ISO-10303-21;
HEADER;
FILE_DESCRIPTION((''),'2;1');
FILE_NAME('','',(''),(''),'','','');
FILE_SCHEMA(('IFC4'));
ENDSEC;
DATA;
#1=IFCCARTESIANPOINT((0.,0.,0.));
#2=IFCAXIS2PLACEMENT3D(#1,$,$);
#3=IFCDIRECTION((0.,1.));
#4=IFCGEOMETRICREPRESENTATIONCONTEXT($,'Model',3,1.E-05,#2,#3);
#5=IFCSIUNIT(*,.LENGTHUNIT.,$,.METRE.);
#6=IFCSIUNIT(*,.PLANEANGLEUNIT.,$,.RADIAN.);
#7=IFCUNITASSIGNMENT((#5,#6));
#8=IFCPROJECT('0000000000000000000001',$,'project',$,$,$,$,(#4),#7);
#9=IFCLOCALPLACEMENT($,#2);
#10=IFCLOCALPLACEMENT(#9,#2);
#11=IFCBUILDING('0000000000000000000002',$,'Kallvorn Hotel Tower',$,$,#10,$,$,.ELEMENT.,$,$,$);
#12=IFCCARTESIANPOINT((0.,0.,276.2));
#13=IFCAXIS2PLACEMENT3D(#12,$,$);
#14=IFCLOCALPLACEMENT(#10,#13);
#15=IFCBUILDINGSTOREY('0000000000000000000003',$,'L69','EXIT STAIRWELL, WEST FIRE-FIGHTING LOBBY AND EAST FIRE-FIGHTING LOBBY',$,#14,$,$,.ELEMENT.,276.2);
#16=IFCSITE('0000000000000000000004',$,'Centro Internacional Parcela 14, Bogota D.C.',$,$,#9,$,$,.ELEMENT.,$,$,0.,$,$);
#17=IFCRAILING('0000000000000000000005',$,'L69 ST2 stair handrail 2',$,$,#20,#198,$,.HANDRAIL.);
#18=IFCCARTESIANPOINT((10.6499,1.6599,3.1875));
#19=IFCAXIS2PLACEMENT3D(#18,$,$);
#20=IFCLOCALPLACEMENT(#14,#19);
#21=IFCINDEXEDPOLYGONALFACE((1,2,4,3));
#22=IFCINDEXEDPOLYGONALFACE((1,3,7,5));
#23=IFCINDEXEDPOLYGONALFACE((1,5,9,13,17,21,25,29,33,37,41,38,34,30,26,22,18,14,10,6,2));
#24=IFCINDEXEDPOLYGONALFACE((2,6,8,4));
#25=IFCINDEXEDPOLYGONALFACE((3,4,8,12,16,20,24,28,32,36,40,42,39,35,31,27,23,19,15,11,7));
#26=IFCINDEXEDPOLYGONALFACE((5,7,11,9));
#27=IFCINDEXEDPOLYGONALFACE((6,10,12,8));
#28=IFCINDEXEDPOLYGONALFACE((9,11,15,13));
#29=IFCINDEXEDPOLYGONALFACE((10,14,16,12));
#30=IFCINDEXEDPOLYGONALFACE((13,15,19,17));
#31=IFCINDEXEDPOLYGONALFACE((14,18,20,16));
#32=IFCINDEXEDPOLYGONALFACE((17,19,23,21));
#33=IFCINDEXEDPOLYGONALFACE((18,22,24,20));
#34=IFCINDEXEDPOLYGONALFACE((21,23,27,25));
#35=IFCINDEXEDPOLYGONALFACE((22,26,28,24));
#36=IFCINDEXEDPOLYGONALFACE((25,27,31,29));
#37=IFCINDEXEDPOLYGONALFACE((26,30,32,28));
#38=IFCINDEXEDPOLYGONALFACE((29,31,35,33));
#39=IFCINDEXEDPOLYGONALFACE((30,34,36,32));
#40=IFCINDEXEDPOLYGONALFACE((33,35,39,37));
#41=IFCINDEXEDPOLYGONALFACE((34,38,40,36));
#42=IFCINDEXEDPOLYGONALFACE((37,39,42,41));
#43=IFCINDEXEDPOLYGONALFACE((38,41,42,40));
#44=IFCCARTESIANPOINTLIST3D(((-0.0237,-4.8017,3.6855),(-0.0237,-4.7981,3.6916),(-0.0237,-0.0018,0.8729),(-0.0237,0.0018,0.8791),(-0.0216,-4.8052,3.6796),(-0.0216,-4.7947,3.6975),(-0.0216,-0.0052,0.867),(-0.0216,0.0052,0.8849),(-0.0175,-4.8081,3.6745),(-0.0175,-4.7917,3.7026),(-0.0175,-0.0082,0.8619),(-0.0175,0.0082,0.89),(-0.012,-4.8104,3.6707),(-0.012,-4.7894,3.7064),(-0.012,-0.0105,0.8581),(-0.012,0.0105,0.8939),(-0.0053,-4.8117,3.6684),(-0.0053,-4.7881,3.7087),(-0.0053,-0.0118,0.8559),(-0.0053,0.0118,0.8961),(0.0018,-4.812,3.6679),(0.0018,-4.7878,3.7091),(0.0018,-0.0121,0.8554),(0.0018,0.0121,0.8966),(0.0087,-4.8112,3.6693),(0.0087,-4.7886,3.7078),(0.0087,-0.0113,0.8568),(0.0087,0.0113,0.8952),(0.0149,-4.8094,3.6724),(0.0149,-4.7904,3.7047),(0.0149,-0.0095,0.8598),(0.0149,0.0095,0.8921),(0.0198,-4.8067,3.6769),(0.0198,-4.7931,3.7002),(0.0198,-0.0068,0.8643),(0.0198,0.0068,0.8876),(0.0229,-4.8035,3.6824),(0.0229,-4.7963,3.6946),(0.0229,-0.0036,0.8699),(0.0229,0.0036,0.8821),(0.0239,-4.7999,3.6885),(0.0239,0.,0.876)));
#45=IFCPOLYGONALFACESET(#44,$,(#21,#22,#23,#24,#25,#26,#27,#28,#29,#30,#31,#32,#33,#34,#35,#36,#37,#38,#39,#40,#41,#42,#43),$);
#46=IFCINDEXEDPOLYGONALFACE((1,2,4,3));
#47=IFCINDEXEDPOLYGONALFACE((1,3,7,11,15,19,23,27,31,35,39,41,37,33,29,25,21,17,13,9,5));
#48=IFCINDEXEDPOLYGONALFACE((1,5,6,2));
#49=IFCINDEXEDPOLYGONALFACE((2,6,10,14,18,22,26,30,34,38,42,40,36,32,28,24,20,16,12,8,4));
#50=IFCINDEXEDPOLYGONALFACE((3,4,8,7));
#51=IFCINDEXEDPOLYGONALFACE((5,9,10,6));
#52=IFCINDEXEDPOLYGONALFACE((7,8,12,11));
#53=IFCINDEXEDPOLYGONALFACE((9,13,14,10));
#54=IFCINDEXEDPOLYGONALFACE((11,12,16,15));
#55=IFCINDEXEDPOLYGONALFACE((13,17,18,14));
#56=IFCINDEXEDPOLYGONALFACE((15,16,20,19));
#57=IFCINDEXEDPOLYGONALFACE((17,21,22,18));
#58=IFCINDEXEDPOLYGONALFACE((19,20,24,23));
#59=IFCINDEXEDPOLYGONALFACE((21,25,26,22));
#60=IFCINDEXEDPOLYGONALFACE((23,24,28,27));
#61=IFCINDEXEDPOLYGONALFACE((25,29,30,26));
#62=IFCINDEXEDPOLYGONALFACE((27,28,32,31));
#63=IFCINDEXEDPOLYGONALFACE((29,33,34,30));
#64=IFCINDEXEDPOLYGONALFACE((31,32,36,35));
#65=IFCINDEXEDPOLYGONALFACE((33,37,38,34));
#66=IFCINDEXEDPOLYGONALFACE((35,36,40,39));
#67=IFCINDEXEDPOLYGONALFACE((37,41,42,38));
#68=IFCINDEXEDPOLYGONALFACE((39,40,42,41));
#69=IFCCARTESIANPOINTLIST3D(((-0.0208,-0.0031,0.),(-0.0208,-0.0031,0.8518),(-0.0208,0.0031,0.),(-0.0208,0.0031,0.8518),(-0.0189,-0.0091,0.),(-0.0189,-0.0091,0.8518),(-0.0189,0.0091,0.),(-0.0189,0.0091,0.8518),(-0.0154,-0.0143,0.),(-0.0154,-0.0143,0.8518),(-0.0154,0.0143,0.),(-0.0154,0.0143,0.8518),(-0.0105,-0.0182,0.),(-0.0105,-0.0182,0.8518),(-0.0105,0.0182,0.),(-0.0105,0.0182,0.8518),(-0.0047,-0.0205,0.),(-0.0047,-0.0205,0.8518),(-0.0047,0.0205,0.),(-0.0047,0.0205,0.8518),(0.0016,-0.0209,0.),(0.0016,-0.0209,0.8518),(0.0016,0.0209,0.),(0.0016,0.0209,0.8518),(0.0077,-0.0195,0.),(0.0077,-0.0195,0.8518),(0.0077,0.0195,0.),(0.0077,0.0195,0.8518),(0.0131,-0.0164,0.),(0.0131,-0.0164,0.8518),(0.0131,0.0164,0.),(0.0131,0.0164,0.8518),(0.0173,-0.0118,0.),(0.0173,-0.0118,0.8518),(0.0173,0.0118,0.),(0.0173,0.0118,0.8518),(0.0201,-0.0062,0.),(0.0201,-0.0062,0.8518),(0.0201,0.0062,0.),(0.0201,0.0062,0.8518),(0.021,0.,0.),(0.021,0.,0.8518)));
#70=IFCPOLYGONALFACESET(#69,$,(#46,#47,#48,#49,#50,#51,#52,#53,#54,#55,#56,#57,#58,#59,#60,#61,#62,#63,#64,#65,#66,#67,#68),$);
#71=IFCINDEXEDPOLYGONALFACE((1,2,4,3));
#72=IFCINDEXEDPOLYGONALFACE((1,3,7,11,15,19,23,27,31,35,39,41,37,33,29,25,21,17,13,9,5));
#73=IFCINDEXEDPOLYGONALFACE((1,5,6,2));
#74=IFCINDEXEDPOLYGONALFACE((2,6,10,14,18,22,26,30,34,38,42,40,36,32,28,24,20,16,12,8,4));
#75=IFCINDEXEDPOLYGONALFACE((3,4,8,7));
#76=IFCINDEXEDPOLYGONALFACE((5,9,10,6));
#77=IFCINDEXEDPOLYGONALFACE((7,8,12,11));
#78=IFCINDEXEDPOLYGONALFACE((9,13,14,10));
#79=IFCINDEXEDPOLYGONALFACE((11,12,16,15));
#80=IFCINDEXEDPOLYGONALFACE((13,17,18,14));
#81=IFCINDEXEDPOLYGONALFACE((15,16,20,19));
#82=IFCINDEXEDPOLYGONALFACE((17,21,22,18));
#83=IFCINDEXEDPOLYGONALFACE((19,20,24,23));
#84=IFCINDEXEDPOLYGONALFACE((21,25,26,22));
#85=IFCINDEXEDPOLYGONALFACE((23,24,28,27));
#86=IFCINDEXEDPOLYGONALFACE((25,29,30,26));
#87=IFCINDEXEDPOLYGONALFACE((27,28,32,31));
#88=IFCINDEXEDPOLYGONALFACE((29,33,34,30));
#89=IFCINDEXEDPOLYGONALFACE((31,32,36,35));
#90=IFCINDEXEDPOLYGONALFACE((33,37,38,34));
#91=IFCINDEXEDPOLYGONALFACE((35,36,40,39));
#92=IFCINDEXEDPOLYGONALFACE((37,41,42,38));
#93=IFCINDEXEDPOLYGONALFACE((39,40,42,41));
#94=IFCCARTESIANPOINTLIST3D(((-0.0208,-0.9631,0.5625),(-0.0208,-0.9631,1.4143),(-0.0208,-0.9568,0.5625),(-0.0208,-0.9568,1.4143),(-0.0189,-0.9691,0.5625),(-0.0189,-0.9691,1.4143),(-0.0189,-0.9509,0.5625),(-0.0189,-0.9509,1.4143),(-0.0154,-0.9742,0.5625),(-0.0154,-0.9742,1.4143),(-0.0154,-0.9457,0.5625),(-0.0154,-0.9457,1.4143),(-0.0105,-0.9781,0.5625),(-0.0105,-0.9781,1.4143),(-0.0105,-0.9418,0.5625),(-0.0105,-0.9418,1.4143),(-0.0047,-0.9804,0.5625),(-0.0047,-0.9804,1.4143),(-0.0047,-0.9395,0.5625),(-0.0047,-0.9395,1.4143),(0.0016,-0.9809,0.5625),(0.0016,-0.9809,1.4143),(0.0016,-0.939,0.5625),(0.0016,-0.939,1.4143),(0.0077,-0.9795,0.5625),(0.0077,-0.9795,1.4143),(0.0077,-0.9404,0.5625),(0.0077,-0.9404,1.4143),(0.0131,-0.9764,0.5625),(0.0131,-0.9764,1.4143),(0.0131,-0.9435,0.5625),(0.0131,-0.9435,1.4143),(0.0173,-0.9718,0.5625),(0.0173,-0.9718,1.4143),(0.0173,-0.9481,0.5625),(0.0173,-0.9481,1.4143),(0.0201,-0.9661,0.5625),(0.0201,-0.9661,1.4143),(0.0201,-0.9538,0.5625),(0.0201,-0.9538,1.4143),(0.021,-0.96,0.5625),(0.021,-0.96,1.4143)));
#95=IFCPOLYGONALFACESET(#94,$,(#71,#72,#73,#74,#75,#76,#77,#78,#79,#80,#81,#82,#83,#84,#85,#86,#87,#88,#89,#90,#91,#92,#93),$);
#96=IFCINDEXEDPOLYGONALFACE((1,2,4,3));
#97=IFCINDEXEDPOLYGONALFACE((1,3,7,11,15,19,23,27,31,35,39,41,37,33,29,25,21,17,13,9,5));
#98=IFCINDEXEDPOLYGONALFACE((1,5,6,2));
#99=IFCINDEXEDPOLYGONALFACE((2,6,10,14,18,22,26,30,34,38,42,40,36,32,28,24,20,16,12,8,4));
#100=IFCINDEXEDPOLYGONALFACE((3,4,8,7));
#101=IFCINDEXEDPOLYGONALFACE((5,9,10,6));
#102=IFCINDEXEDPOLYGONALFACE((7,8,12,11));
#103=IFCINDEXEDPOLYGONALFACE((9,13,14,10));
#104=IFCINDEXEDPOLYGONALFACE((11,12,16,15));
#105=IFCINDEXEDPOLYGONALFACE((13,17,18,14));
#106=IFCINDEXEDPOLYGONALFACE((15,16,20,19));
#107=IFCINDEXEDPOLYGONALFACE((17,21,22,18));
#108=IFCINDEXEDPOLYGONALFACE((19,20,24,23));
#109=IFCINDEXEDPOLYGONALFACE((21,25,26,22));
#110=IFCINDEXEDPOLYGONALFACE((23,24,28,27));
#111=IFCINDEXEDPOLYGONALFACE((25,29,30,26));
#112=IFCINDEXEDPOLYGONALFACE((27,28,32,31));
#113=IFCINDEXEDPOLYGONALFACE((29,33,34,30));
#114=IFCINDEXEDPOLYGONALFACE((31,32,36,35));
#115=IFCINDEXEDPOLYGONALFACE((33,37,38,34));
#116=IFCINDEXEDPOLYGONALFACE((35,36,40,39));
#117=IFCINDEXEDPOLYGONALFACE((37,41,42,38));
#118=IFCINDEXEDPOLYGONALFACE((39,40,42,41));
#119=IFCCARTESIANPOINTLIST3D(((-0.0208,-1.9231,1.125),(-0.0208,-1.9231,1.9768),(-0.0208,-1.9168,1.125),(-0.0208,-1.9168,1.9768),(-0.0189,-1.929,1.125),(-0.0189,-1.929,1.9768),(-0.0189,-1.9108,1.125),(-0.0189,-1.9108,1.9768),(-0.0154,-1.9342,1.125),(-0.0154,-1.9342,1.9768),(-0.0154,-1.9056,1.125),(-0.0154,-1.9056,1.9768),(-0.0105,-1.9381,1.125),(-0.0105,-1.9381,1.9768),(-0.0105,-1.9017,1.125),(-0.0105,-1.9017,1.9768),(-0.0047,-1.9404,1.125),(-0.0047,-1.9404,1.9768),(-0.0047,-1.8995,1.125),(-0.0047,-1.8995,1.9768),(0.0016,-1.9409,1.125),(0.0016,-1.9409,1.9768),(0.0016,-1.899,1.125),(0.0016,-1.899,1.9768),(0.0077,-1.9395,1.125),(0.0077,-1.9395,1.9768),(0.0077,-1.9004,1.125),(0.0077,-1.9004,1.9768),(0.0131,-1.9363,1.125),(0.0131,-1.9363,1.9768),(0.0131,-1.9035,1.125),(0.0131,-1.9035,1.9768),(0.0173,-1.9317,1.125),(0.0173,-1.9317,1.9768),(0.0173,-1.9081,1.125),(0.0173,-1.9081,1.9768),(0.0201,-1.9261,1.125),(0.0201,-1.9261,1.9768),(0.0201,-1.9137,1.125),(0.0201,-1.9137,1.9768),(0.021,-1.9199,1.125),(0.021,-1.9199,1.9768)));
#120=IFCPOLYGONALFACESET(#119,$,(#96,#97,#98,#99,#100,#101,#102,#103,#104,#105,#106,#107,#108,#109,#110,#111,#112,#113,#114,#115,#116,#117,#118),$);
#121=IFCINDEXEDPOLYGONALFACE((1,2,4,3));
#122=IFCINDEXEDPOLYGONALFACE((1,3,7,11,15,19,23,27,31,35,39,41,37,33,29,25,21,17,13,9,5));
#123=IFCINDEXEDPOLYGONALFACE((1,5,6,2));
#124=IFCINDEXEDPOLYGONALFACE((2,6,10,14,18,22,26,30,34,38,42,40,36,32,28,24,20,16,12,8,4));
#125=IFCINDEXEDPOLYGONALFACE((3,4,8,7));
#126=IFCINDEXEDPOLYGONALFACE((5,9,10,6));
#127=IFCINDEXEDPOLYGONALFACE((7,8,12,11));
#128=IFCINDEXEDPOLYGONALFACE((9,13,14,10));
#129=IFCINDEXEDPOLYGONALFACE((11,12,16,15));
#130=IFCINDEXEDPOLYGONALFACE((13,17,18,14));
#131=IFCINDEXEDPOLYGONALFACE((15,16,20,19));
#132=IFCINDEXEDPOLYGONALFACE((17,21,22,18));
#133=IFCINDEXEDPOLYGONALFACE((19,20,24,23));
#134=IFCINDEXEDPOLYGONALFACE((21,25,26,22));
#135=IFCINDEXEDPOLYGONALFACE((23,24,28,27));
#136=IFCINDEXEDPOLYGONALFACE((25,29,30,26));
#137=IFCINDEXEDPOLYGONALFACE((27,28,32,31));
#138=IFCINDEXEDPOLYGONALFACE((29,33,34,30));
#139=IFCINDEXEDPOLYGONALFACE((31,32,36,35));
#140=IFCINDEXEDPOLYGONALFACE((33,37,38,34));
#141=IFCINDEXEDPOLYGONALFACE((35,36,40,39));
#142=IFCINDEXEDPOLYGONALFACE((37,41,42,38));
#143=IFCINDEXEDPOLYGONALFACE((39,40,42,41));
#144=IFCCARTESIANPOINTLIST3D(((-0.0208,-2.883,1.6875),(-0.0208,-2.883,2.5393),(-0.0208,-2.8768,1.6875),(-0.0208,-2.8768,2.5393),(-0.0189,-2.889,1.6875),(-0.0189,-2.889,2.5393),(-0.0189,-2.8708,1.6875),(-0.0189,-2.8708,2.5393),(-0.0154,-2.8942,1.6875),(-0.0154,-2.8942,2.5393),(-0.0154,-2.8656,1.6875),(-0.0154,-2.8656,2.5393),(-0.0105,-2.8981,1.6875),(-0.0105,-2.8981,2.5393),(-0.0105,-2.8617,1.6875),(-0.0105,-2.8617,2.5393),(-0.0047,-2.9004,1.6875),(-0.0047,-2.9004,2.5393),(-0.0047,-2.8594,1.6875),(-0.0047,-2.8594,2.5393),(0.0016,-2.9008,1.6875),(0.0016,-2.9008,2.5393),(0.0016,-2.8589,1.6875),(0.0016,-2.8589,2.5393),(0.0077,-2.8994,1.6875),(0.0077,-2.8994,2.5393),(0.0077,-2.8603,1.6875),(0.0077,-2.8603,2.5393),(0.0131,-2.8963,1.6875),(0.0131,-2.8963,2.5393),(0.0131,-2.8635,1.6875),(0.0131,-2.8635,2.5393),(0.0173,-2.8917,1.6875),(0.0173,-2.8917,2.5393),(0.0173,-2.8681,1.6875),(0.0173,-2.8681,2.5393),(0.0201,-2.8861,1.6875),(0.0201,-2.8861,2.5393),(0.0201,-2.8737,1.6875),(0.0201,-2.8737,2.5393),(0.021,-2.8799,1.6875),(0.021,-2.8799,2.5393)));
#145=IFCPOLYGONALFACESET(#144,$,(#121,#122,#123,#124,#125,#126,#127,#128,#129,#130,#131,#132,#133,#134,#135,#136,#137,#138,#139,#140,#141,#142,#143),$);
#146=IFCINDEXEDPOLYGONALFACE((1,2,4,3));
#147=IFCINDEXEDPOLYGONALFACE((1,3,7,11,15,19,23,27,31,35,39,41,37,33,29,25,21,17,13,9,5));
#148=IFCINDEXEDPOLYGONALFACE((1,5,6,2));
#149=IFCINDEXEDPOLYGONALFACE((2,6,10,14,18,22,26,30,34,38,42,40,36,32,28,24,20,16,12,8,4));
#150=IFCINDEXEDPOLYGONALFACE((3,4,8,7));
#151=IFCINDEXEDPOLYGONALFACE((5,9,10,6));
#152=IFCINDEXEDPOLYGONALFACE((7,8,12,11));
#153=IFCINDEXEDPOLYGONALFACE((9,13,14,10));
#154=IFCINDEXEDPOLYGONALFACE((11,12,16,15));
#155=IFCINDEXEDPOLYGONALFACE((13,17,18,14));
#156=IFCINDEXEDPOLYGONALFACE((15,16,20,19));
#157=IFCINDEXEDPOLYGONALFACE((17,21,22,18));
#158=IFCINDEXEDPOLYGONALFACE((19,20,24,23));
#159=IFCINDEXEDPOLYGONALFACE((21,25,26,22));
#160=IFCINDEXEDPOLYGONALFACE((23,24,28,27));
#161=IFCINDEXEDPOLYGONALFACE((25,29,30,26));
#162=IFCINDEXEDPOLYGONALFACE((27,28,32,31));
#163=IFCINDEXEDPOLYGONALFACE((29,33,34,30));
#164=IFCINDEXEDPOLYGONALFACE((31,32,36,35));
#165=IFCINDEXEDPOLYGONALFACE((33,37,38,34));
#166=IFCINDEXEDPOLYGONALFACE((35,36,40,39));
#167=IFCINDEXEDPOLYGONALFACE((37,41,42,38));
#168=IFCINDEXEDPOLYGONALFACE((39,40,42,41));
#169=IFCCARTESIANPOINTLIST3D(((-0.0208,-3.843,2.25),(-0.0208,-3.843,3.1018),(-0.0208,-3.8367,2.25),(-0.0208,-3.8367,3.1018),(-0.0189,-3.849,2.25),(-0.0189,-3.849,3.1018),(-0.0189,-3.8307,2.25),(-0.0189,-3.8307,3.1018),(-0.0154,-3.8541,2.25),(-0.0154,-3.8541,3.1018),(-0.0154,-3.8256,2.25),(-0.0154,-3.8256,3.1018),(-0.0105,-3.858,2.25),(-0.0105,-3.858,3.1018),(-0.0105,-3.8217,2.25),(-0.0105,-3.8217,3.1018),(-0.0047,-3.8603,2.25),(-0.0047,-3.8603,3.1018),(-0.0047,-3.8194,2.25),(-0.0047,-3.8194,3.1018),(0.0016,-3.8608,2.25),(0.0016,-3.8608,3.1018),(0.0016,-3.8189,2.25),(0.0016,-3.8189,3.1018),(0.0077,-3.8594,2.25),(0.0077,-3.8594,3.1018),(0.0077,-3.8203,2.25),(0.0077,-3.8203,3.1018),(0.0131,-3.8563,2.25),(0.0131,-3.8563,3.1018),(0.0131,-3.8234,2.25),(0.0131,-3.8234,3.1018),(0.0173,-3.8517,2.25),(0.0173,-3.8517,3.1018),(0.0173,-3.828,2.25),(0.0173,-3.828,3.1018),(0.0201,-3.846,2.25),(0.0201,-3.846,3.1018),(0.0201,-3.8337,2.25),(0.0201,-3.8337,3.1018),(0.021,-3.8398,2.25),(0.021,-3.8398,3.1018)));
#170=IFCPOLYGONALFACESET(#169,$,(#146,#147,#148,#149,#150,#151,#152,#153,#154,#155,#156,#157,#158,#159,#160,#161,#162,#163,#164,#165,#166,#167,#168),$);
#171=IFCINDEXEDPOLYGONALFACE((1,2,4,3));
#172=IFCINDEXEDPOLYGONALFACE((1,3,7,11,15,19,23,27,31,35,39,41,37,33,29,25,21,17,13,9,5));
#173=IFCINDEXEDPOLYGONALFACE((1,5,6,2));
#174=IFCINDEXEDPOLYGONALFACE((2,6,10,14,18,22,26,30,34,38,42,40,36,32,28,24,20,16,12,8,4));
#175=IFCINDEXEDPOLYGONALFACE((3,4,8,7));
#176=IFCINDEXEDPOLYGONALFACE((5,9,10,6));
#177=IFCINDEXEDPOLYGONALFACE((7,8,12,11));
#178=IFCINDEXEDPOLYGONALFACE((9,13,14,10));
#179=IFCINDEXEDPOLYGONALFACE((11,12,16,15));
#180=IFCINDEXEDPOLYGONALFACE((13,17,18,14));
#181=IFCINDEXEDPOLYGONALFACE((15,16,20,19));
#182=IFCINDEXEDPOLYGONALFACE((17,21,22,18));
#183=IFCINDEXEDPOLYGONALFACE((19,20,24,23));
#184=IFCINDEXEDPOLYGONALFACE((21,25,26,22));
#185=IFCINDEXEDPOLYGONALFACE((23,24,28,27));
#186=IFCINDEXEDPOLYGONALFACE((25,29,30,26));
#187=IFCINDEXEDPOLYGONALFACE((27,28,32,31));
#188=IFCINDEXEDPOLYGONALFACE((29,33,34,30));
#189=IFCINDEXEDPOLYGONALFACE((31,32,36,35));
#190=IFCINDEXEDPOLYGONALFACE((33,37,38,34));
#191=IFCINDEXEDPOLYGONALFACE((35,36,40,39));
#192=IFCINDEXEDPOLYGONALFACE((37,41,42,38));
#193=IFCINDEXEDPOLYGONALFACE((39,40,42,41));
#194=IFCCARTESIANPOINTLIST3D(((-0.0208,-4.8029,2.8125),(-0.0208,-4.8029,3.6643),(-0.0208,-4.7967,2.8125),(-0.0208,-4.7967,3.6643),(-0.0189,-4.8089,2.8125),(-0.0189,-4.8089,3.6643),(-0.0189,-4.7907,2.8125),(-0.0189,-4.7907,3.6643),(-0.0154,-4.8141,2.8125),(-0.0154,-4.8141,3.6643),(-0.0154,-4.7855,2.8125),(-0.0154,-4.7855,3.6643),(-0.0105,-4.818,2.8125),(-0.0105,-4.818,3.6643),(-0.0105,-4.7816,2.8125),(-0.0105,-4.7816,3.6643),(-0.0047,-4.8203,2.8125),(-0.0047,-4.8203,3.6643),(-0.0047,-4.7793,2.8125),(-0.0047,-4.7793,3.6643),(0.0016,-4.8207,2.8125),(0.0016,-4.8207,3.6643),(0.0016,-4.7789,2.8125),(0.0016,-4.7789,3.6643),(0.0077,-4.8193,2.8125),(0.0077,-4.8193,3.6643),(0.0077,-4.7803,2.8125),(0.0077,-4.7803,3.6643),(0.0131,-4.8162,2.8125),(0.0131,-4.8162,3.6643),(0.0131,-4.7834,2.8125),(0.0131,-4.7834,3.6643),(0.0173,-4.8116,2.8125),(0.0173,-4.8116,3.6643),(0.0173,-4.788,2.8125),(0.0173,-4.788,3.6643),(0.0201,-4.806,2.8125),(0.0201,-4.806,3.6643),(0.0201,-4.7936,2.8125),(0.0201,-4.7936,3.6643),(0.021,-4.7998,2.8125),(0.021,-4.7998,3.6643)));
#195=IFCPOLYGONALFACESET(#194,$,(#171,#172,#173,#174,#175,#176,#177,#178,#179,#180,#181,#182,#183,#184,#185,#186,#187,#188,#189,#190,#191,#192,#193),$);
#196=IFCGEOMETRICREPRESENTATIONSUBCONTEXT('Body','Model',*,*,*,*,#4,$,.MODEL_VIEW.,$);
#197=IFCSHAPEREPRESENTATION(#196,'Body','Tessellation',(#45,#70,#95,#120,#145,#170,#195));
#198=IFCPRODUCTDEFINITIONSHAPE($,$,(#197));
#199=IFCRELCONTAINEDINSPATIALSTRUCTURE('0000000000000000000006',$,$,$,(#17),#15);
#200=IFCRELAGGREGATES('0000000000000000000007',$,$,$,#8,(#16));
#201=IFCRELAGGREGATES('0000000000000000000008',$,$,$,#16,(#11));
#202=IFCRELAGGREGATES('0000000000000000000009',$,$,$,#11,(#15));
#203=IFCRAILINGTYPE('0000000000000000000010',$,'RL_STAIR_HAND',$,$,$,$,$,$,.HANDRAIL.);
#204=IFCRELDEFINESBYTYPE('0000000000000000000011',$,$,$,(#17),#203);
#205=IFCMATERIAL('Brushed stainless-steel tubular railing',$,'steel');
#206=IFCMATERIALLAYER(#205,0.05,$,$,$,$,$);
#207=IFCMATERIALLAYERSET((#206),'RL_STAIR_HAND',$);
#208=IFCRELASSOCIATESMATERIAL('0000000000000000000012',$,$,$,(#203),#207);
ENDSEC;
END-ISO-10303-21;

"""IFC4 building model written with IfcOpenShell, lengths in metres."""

from ifc_helpers import new_model, si_unit, direction, frame, origin, origin_2d, place, context, subcontext, project, spatial, circle, extrude, material, layer, layer_set, type_object, element, save


model = new_model("IFC4")

# Units and contexts
model_context = context("Model", 3, precision=1e-05, world=origin(), true_north=direction((0.0, 1.0)))
body_context = subcontext(model_context, "Body", "Model", "MODEL_VIEW")
ifc_project = project(units=[si_unit("LENGTHUNIT", "METRE"), si_unit("PLANEANGLEUNIT", "RADIAN")], contexts=[model_context])

# Site, building, storey
site_placement = place(None, origin())
site = spatial("IfcSite", under=ifc_project, at=site_placement, Name="Centro Internacional Parcela 14, Bogota D.C.", CompositionType="ELEMENT", RefElevation=0.0)
building_placement = place(site_placement, origin())
building = spatial("IfcBuilding", under=site, at=building_placement, Name="Kallvorn Hotel Tower", CompositionType="ELEMENT")
storey_placement = place(building_placement, frame((0.0, 0.0, 276.2)))
storey = spatial("IfcBuildingStorey", under=building, at=storey_placement, Name="L69", Description="EXIT STAIRWELL, WEST FIRE-FIGHTING LOBBY AND EAST FIRE-FIGHTING LOBBY", CompositionType="ELEMENT", Elevation=276.2)

# Railing
ifc_material_1 = material(Name="Brushed stainless-steel tubular railing", Category="steel")
ifc_layer_1 = layer(ifc_material_1, 0.05)
ifc_layer_set_1 = layer_set([ifc_layer_1], Name="RL_STAIR_HAND")
railing_type_1 = type_object("IfcRailingType", Name="RL_STAIR_HAND", PredefinedType="HANDRAIL", material=ifc_layer_set_1)
railing_1_placement = place(storey_placement, frame((10.6499, 1.6599, 3.1875)))
element("IfcRailing", 1, at=railing_1_placement, inside=storey, type_object=railing_type_1, Name="L69 ST2 stair handrail 2", PredefinedType="HANDRAIL", context=body_context, shape_type="SweptSolid", body=[
    extrude(circle(Radius=0.0239, at=origin_2d()), frame((0.0, 0.0, 0.876), z_axis=(0.0, -0.86279, 0.505562), x_axis=(1.0, 0.0, 0.0)), (0.0, 0.0, 1.0), 5.5632),
    extrude(circle(Radius=0.021, at=origin_2d()), origin(), (0.0, 0.0, 1.0), 0.8518),
    extrude(circle(Radius=0.021, at=origin_2d()), frame((0.0, -0.96, 0.5625)), (0.0, 0.0, 1.0), 0.8518),
    extrude(circle(Radius=0.021, at=origin_2d()), frame((0.0, -1.9199, 1.125)), (0.0, 0.0, 1.0), 0.8518),
    extrude(circle(Radius=0.021, at=origin_2d()), frame((0.0, -2.8799, 1.6875)), (0.0, 0.0, 1.0), 0.8518),
    extrude(circle(Radius=0.021, at=origin_2d()), frame((0.0, -3.8398, 2.25)), (0.0, 0.0, 1.0), 0.8518),
    extrude(circle(Radius=0.021, at=origin_2d()), frame((0.0, -4.7998, 2.8125)), (0.0, 0.0, 1.0), 0.8518),
])

save(model, "model.ifc")
